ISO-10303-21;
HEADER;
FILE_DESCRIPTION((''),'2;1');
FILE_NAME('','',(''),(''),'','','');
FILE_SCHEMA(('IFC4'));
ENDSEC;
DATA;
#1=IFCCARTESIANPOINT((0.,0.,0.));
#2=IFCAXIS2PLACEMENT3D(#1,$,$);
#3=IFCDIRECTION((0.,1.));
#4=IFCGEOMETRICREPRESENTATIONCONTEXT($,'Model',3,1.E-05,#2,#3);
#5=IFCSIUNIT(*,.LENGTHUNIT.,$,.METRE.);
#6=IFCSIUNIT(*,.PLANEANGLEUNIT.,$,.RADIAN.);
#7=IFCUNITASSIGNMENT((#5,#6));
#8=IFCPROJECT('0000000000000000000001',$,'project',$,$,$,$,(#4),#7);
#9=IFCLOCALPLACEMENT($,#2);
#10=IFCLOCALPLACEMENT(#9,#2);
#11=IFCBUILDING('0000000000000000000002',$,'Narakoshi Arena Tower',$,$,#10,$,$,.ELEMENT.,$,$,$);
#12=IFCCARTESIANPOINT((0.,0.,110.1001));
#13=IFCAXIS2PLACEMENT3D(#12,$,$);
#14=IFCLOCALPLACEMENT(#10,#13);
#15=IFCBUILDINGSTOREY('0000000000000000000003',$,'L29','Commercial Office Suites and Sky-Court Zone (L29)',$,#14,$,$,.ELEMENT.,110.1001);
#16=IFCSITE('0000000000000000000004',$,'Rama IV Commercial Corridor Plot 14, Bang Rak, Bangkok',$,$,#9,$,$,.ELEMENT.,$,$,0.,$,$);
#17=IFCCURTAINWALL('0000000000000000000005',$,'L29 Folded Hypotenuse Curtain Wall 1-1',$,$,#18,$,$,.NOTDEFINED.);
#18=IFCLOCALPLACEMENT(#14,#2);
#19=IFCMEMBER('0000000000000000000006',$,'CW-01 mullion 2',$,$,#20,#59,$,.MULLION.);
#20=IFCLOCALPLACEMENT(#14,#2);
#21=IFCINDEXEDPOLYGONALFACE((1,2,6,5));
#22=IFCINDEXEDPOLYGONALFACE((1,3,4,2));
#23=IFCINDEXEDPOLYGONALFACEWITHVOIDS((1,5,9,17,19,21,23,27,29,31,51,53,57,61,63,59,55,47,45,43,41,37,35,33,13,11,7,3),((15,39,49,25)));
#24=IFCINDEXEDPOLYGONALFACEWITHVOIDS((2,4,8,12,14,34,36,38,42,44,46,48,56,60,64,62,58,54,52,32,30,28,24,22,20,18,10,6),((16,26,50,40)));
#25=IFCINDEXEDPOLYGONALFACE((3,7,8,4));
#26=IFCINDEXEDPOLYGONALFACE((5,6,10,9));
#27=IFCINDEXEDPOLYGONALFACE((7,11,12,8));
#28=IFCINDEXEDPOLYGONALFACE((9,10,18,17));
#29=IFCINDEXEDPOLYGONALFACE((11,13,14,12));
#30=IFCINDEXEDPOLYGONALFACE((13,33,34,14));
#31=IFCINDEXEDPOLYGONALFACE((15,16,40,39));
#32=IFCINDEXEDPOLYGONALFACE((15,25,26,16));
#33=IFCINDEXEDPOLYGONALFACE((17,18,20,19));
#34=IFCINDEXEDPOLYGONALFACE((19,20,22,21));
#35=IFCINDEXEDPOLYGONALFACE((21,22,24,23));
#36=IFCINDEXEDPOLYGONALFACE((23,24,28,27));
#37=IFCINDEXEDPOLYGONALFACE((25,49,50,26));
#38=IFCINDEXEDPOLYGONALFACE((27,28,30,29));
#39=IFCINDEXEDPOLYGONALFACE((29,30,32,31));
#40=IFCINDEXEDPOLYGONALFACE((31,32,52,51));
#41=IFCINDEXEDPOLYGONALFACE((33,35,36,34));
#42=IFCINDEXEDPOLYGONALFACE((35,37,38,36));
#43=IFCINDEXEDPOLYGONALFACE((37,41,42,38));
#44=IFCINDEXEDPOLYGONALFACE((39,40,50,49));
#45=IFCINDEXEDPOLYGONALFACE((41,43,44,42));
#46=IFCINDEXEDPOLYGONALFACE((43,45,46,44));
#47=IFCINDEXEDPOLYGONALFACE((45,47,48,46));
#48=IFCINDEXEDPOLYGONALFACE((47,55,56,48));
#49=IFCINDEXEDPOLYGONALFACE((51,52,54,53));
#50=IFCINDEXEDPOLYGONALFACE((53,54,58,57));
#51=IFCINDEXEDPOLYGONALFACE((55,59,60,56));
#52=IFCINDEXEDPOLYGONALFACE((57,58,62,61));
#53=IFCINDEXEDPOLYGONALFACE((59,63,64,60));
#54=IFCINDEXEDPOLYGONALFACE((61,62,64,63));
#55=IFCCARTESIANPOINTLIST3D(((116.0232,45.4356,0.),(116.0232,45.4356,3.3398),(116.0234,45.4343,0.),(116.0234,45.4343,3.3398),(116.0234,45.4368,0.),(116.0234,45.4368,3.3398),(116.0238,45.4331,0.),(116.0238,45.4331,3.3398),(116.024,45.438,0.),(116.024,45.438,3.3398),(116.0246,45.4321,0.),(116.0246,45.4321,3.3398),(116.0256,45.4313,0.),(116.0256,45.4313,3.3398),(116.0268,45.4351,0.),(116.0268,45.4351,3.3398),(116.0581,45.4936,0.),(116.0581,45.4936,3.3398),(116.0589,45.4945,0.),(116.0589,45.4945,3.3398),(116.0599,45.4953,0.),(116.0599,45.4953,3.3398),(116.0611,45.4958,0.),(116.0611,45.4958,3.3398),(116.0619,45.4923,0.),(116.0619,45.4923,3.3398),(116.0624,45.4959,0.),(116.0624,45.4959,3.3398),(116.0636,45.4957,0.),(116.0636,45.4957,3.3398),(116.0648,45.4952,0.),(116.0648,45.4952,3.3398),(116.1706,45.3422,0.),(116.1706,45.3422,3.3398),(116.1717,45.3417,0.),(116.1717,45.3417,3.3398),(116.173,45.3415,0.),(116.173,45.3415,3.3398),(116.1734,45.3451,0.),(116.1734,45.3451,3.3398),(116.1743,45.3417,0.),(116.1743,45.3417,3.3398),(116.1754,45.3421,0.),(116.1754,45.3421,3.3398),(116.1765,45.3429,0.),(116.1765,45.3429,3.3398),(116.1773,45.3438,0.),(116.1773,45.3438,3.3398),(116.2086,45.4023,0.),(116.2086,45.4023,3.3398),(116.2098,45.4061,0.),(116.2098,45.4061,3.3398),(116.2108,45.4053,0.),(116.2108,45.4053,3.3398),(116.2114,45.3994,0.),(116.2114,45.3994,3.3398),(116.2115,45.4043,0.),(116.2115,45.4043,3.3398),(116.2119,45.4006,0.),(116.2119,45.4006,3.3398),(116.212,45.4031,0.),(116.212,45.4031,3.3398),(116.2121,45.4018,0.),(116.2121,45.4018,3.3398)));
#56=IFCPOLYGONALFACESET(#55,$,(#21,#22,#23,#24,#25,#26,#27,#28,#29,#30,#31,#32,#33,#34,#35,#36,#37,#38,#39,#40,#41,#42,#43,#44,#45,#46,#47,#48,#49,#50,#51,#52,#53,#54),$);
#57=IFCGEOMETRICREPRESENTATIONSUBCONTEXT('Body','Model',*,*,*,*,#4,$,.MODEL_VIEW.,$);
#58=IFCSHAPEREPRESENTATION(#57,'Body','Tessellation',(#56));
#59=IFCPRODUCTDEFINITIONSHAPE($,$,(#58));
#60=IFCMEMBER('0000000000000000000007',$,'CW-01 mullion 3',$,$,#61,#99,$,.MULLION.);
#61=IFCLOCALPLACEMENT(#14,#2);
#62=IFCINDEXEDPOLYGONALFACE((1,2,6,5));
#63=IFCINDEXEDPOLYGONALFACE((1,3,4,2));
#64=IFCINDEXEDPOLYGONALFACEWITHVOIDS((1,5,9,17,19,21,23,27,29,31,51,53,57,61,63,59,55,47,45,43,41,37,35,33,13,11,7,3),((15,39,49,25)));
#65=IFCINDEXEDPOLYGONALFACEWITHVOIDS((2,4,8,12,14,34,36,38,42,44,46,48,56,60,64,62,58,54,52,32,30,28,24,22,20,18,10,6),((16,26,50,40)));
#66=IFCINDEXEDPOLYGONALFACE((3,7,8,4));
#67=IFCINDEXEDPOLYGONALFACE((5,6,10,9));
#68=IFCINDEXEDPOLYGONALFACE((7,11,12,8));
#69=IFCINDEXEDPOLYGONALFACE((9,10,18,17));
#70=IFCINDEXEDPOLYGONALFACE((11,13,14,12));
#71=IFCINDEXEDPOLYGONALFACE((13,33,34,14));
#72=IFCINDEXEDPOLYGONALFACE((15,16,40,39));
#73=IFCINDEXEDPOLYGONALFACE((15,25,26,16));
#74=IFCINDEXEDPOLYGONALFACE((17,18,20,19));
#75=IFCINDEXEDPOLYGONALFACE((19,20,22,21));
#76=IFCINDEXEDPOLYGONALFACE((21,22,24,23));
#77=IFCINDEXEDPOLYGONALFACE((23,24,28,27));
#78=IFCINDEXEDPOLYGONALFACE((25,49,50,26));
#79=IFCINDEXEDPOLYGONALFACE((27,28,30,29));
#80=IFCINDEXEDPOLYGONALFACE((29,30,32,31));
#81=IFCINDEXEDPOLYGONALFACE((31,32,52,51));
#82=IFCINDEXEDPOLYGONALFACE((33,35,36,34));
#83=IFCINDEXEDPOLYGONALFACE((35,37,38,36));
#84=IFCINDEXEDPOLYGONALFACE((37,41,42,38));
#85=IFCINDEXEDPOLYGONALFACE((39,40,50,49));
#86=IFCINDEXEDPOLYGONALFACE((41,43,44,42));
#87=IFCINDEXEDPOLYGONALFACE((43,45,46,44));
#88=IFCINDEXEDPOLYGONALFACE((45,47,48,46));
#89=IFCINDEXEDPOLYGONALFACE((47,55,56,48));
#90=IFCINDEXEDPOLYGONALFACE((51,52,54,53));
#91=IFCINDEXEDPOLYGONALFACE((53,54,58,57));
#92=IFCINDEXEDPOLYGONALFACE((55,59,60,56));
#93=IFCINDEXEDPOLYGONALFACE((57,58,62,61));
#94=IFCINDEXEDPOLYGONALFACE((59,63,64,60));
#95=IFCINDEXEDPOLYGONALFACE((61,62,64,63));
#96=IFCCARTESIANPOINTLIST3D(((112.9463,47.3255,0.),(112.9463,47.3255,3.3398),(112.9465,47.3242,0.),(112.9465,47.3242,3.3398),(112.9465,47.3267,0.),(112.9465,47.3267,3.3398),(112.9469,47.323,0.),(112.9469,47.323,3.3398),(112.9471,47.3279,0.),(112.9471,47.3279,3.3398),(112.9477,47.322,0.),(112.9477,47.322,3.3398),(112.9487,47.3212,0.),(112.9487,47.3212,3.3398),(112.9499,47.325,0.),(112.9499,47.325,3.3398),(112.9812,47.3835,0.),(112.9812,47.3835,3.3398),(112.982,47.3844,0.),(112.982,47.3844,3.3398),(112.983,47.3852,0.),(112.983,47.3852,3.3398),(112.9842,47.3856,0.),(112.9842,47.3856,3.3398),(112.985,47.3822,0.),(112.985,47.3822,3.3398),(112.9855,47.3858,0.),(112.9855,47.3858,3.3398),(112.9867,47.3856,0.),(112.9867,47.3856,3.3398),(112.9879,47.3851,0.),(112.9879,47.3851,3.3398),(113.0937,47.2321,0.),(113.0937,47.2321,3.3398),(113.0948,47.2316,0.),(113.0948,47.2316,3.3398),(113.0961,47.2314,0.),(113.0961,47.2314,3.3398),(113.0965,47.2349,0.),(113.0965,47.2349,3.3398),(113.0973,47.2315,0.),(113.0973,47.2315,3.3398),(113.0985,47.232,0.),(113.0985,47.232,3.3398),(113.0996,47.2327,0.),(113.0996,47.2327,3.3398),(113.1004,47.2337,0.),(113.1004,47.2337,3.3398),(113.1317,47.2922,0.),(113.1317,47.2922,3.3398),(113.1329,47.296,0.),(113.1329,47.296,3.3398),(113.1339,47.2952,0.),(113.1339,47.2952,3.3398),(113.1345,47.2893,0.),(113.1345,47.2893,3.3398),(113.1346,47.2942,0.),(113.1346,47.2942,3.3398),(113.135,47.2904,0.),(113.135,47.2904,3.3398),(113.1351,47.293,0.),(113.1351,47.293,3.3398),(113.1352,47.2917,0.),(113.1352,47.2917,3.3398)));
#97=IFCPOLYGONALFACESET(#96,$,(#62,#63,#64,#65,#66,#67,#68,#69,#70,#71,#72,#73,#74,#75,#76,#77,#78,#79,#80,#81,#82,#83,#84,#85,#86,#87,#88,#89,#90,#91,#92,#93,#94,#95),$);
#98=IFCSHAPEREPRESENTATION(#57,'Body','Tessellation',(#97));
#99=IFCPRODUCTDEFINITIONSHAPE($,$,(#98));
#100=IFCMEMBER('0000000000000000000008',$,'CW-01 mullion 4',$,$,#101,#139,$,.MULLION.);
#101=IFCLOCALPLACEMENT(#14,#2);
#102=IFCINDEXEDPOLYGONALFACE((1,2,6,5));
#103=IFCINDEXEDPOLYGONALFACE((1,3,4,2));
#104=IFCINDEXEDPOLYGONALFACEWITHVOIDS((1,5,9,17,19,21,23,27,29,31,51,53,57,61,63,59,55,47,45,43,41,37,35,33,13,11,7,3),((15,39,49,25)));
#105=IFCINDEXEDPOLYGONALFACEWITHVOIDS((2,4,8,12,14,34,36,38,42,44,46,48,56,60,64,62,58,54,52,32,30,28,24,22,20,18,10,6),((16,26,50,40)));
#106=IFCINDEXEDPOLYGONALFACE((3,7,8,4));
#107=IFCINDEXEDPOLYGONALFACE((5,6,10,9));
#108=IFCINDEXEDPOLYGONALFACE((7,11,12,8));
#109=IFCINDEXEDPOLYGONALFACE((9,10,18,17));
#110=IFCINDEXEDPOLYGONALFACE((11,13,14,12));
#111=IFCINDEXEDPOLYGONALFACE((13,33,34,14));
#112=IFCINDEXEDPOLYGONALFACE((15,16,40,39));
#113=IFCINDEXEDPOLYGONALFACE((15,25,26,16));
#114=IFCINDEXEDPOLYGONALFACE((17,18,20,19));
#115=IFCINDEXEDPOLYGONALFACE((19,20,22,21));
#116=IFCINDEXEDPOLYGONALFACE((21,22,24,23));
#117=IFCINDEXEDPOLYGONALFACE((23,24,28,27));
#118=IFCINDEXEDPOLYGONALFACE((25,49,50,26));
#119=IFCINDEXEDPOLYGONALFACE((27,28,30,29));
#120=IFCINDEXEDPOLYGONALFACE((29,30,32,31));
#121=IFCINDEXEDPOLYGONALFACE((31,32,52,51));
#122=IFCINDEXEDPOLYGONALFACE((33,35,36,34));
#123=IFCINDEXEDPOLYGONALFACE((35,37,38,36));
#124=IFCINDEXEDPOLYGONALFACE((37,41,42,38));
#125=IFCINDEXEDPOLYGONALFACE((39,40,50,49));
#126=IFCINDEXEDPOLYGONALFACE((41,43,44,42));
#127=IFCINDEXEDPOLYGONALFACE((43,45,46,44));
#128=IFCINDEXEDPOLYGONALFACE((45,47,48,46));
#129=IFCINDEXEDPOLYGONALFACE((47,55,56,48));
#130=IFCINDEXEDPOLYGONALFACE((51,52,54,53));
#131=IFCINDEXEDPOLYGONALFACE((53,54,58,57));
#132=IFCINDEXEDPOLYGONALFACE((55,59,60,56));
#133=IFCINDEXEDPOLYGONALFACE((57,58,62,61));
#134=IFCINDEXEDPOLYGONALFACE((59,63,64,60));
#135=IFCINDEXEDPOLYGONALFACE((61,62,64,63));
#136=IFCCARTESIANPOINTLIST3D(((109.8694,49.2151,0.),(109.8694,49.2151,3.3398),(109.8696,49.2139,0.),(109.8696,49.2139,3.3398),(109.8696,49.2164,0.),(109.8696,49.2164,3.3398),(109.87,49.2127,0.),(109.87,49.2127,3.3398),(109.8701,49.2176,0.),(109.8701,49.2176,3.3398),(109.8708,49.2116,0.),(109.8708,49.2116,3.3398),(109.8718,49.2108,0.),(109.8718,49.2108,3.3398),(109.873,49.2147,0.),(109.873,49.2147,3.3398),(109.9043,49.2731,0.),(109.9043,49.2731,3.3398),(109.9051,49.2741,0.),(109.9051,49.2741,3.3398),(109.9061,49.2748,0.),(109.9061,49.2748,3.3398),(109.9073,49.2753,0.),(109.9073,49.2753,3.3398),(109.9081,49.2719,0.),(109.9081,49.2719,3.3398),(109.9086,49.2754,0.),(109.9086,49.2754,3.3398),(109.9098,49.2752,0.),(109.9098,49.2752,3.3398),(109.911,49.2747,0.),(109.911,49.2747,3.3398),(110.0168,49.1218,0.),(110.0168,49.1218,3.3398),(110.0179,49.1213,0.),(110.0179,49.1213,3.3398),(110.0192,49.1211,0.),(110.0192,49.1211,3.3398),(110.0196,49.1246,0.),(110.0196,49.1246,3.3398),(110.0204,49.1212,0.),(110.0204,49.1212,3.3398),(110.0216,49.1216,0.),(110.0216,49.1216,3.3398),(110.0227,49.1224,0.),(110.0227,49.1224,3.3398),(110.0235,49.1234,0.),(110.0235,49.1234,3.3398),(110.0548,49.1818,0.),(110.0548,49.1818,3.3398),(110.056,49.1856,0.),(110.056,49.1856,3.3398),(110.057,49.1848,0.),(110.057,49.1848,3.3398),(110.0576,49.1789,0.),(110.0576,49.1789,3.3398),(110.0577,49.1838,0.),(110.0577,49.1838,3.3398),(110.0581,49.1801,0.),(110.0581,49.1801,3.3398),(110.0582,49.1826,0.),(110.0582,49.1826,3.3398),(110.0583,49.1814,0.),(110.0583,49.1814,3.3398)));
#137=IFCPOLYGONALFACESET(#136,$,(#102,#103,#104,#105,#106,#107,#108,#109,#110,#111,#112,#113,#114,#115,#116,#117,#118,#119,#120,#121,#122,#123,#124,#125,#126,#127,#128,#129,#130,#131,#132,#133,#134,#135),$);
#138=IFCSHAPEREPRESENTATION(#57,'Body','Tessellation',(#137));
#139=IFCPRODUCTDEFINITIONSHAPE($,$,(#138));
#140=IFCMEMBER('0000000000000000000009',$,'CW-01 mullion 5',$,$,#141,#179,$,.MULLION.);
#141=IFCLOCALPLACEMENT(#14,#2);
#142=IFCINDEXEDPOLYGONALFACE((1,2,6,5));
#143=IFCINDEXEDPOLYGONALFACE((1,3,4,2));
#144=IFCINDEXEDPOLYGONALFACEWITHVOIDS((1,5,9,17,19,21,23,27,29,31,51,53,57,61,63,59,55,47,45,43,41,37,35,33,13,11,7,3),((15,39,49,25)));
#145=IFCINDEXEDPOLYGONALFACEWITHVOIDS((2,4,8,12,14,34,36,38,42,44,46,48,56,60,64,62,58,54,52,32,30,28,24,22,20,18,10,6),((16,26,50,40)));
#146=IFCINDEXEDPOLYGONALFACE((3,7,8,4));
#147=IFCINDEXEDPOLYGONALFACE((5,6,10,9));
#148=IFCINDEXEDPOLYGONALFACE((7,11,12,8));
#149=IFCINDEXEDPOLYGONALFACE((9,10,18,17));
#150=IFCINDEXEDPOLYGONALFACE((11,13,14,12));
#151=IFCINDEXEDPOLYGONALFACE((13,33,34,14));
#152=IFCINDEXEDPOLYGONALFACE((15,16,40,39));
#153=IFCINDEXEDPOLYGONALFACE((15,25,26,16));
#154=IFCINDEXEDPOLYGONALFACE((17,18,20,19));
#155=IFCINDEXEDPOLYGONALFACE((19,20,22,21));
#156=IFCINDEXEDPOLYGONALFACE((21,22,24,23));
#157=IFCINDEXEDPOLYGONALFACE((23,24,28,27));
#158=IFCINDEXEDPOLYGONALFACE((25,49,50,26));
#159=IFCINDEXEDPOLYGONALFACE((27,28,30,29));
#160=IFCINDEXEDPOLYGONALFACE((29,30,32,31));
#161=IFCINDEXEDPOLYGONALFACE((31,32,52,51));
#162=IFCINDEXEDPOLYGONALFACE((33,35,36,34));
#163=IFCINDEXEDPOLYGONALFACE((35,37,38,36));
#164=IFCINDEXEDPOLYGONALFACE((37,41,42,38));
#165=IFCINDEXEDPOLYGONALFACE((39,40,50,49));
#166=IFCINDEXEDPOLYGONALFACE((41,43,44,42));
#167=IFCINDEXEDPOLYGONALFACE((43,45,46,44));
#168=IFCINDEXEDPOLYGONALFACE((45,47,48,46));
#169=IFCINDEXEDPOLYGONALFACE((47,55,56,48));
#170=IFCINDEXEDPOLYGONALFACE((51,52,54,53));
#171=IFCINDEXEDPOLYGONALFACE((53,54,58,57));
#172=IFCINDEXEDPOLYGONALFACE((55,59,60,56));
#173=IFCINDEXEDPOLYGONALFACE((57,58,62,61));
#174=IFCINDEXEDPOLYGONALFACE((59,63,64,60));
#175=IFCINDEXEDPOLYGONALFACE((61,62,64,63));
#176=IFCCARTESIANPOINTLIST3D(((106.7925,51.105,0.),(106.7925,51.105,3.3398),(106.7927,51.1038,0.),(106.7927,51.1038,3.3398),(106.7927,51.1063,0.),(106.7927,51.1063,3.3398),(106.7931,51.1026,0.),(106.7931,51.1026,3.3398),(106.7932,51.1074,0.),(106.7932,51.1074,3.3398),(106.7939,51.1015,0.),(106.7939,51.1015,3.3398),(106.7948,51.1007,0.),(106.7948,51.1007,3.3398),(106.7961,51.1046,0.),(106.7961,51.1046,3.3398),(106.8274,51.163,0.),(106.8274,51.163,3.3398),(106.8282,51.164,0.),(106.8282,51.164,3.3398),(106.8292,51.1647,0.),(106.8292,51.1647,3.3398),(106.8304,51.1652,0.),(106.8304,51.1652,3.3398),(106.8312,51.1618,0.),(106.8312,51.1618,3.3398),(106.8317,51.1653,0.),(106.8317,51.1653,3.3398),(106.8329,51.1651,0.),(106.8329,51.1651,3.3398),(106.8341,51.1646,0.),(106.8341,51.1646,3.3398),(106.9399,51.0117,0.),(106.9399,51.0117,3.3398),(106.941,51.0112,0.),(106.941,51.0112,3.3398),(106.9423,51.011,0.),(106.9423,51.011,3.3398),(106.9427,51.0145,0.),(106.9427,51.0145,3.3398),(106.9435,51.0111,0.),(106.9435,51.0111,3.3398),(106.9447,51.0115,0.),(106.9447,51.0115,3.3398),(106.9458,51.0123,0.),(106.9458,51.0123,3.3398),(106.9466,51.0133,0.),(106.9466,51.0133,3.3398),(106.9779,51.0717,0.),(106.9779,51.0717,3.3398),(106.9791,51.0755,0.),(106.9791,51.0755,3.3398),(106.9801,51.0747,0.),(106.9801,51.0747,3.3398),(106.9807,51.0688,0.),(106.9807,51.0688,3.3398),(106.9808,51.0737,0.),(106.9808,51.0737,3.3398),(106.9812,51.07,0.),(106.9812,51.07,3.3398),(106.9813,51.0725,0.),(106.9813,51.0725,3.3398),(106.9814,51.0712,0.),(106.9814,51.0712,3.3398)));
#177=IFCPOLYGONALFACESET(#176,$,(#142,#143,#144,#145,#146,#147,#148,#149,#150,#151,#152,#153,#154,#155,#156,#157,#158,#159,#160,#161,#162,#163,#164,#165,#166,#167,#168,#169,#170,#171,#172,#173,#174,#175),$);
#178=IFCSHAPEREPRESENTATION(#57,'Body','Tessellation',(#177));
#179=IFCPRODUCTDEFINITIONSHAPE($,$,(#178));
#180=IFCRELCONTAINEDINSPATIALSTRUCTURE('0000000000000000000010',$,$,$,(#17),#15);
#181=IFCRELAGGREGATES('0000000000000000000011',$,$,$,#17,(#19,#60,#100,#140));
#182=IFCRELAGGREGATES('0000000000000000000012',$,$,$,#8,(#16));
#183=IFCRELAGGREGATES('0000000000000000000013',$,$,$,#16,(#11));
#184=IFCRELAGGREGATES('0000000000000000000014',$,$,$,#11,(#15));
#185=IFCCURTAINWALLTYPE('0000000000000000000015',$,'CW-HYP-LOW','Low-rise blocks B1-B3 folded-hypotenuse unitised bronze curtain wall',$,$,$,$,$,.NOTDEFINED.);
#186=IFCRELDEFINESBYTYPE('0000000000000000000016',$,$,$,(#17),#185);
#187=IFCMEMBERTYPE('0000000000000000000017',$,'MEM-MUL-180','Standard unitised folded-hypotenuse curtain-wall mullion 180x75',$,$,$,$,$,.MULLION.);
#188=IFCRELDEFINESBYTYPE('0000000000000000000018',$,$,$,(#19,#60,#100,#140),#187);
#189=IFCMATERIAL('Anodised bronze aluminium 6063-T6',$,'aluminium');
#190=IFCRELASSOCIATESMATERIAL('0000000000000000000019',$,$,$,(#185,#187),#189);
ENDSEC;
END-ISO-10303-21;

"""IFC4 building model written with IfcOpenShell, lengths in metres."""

from ifc_helpers import new_model, si_unit, direction, frame, origin, origin_2d, place, context, subcontext, project, spatial, hollow_rectangle, extrude, material, material_profile, profile_set, type_object, element, aggregate, save


model = new_model("IFC4")

# Units and contexts
model_context = context("Model", 3, precision=1e-05, world=origin(), true_north=direction((0.0, 1.0)))
body_context = subcontext(model_context, "Body", "Model", "MODEL_VIEW")
ifc_project = project(units=[si_unit("LENGTHUNIT", "METRE"), si_unit("PLANEANGLEUNIT", "RADIAN")], contexts=[model_context])

# Site, building, storey
site_placement = place(None, origin())
site = spatial("IfcSite", under=ifc_project, at=site_placement, Name="Rama IV Commercial Corridor Plot 14, Bang Rak, Bangkok", CompositionType="ELEMENT", RefElevation=0.0)
building_placement = place(site_placement, origin())
building = spatial("IfcBuilding", under=site, at=building_placement, Name="Narakoshi Arena Tower", CompositionType="ELEMENT")
storey_placement = place(building_placement, frame((0.0, 0.0, 110.1001)))
storey = spatial("IfcBuildingStorey", under=building, at=storey_placement, Name="L29", Description="Commercial Office Suites and Sky-Court Zone (L29)", CompositionType="ELEMENT", Elevation=110.1001)

# Curtain wall, members
ifc_material_1 = material(Name="Anodised bronze aluminium 6063-T6", Category="aluminium")
curtain_wall_type = type_object("IfcCurtainWallType", Name="CW-HYP-LOW", Description="Low-rise blocks B1-B3 folded-hypotenuse unitised bronze curtain wall", PredefinedType="NOTDEFINED", material=ifc_material_1)
curtain_wall_placement = place(storey_placement, origin())
curtain_wall = element("IfcCurtainWall", 1, at=curtain_wall_placement, inside=storey, type_object=curtain_wall_type, Name="L29 Folded Hypotenuse Curtain Wall 1-1", PredefinedType="NOTDEFINED")
ifc_material_profile_1 = material_profile(ifc_material_1, hollow_rectangle(XDim=0.075, YDim=0.1799, WallThickness=0.0039, OuterFilletRadius=0.0049, at=origin_2d()), Name="MUL180x75x4")
ifc_profile_set_1 = profile_set([ifc_material_profile_1], Name="Anodised bronze aluminium 6063-T6")
member_type_1 = type_object("IfcMemberType", Name="MEM-MUL-180", Description="Standard unitised folded-hypotenuse curtain-wall mullion 180x75", PredefinedType="MULLION", material=ifc_profile_set_1)
member_1_placement = place(storey_placement, frame((116.1177, 45.4187, 0.0), z_axis=(0.0, 0.0, 1.0), x_axis=(-0.523358, -0.852113, 0.0)))
member_1 = element("IfcMember", 2, at=member_1_placement, type_object=member_type_1, Name="CW-01 mullion 2", PredefinedType="MULLION", context=body_context, shape_type="SweptSolid", body=[
    extrude(hollow_rectangle(XDim=0.075, YDim=0.1799, WallThickness=0.0039, OuterFilletRadius=0.0049, at=origin_2d()), origin(), (0.0, 0.0, 1.0), 3.3398),
])
member_2_placement = place(storey_placement, frame((113.0408, 47.3086, 0.0), z_axis=(0.0, 0.0, 1.0), x_axis=(-0.523358, -0.852113, 0.0)))
member_2 = element("IfcMember", 3, at=member_2_placement, type_object=member_type_1, Name="CW-01 mullion 3", PredefinedType="MULLION", context=body_context, shape_type="SweptSolid", body=[
    extrude(hollow_rectangle(XDim=0.075, YDim=0.1799, WallThickness=0.0039, OuterFilletRadius=0.0049, at=origin_2d()), origin(), (0.0, 0.0, 1.0), 3.3398),
])
member_3_placement = place(storey_placement, frame((109.9639, 49.1982, 0.0), z_axis=(0.0, 0.0, 1.0), x_axis=(-0.523358, -0.852113, 0.0)))
member_3 = element("IfcMember", 4, at=member_3_placement, type_object=member_type_1, Name="CW-01 mullion 4", PredefinedType="MULLION", context=body_context, shape_type="SweptSolid", body=[
    extrude(hollow_rectangle(XDim=0.075, YDim=0.1799, WallThickness=0.0039, OuterFilletRadius=0.0049, at=origin_2d()), origin(), (0.0, 0.0, 1.0), 3.3398),
])
member_4_placement = place(storey_placement, frame((106.887, 51.0881, 0.0), z_axis=(0.0, 0.0, 1.0), x_axis=(-0.523358, -0.852113, 0.0)))
member_4 = element("IfcMember", 5, at=member_4_placement, type_object=member_type_1, Name="CW-01 mullion 5", PredefinedType="MULLION", context=body_context, shape_type="SweptSolid", body=[
    extrude(hollow_rectangle(XDim=0.075, YDim=0.1799, WallThickness=0.0039, OuterFilletRadius=0.0049, at=origin_2d()), origin(), (0.0, 0.0, 1.0), 3.3398),
])
aggregate(curtain_wall, [member_1, member_2, member_3, member_4])

save(model, "model.ifc")
